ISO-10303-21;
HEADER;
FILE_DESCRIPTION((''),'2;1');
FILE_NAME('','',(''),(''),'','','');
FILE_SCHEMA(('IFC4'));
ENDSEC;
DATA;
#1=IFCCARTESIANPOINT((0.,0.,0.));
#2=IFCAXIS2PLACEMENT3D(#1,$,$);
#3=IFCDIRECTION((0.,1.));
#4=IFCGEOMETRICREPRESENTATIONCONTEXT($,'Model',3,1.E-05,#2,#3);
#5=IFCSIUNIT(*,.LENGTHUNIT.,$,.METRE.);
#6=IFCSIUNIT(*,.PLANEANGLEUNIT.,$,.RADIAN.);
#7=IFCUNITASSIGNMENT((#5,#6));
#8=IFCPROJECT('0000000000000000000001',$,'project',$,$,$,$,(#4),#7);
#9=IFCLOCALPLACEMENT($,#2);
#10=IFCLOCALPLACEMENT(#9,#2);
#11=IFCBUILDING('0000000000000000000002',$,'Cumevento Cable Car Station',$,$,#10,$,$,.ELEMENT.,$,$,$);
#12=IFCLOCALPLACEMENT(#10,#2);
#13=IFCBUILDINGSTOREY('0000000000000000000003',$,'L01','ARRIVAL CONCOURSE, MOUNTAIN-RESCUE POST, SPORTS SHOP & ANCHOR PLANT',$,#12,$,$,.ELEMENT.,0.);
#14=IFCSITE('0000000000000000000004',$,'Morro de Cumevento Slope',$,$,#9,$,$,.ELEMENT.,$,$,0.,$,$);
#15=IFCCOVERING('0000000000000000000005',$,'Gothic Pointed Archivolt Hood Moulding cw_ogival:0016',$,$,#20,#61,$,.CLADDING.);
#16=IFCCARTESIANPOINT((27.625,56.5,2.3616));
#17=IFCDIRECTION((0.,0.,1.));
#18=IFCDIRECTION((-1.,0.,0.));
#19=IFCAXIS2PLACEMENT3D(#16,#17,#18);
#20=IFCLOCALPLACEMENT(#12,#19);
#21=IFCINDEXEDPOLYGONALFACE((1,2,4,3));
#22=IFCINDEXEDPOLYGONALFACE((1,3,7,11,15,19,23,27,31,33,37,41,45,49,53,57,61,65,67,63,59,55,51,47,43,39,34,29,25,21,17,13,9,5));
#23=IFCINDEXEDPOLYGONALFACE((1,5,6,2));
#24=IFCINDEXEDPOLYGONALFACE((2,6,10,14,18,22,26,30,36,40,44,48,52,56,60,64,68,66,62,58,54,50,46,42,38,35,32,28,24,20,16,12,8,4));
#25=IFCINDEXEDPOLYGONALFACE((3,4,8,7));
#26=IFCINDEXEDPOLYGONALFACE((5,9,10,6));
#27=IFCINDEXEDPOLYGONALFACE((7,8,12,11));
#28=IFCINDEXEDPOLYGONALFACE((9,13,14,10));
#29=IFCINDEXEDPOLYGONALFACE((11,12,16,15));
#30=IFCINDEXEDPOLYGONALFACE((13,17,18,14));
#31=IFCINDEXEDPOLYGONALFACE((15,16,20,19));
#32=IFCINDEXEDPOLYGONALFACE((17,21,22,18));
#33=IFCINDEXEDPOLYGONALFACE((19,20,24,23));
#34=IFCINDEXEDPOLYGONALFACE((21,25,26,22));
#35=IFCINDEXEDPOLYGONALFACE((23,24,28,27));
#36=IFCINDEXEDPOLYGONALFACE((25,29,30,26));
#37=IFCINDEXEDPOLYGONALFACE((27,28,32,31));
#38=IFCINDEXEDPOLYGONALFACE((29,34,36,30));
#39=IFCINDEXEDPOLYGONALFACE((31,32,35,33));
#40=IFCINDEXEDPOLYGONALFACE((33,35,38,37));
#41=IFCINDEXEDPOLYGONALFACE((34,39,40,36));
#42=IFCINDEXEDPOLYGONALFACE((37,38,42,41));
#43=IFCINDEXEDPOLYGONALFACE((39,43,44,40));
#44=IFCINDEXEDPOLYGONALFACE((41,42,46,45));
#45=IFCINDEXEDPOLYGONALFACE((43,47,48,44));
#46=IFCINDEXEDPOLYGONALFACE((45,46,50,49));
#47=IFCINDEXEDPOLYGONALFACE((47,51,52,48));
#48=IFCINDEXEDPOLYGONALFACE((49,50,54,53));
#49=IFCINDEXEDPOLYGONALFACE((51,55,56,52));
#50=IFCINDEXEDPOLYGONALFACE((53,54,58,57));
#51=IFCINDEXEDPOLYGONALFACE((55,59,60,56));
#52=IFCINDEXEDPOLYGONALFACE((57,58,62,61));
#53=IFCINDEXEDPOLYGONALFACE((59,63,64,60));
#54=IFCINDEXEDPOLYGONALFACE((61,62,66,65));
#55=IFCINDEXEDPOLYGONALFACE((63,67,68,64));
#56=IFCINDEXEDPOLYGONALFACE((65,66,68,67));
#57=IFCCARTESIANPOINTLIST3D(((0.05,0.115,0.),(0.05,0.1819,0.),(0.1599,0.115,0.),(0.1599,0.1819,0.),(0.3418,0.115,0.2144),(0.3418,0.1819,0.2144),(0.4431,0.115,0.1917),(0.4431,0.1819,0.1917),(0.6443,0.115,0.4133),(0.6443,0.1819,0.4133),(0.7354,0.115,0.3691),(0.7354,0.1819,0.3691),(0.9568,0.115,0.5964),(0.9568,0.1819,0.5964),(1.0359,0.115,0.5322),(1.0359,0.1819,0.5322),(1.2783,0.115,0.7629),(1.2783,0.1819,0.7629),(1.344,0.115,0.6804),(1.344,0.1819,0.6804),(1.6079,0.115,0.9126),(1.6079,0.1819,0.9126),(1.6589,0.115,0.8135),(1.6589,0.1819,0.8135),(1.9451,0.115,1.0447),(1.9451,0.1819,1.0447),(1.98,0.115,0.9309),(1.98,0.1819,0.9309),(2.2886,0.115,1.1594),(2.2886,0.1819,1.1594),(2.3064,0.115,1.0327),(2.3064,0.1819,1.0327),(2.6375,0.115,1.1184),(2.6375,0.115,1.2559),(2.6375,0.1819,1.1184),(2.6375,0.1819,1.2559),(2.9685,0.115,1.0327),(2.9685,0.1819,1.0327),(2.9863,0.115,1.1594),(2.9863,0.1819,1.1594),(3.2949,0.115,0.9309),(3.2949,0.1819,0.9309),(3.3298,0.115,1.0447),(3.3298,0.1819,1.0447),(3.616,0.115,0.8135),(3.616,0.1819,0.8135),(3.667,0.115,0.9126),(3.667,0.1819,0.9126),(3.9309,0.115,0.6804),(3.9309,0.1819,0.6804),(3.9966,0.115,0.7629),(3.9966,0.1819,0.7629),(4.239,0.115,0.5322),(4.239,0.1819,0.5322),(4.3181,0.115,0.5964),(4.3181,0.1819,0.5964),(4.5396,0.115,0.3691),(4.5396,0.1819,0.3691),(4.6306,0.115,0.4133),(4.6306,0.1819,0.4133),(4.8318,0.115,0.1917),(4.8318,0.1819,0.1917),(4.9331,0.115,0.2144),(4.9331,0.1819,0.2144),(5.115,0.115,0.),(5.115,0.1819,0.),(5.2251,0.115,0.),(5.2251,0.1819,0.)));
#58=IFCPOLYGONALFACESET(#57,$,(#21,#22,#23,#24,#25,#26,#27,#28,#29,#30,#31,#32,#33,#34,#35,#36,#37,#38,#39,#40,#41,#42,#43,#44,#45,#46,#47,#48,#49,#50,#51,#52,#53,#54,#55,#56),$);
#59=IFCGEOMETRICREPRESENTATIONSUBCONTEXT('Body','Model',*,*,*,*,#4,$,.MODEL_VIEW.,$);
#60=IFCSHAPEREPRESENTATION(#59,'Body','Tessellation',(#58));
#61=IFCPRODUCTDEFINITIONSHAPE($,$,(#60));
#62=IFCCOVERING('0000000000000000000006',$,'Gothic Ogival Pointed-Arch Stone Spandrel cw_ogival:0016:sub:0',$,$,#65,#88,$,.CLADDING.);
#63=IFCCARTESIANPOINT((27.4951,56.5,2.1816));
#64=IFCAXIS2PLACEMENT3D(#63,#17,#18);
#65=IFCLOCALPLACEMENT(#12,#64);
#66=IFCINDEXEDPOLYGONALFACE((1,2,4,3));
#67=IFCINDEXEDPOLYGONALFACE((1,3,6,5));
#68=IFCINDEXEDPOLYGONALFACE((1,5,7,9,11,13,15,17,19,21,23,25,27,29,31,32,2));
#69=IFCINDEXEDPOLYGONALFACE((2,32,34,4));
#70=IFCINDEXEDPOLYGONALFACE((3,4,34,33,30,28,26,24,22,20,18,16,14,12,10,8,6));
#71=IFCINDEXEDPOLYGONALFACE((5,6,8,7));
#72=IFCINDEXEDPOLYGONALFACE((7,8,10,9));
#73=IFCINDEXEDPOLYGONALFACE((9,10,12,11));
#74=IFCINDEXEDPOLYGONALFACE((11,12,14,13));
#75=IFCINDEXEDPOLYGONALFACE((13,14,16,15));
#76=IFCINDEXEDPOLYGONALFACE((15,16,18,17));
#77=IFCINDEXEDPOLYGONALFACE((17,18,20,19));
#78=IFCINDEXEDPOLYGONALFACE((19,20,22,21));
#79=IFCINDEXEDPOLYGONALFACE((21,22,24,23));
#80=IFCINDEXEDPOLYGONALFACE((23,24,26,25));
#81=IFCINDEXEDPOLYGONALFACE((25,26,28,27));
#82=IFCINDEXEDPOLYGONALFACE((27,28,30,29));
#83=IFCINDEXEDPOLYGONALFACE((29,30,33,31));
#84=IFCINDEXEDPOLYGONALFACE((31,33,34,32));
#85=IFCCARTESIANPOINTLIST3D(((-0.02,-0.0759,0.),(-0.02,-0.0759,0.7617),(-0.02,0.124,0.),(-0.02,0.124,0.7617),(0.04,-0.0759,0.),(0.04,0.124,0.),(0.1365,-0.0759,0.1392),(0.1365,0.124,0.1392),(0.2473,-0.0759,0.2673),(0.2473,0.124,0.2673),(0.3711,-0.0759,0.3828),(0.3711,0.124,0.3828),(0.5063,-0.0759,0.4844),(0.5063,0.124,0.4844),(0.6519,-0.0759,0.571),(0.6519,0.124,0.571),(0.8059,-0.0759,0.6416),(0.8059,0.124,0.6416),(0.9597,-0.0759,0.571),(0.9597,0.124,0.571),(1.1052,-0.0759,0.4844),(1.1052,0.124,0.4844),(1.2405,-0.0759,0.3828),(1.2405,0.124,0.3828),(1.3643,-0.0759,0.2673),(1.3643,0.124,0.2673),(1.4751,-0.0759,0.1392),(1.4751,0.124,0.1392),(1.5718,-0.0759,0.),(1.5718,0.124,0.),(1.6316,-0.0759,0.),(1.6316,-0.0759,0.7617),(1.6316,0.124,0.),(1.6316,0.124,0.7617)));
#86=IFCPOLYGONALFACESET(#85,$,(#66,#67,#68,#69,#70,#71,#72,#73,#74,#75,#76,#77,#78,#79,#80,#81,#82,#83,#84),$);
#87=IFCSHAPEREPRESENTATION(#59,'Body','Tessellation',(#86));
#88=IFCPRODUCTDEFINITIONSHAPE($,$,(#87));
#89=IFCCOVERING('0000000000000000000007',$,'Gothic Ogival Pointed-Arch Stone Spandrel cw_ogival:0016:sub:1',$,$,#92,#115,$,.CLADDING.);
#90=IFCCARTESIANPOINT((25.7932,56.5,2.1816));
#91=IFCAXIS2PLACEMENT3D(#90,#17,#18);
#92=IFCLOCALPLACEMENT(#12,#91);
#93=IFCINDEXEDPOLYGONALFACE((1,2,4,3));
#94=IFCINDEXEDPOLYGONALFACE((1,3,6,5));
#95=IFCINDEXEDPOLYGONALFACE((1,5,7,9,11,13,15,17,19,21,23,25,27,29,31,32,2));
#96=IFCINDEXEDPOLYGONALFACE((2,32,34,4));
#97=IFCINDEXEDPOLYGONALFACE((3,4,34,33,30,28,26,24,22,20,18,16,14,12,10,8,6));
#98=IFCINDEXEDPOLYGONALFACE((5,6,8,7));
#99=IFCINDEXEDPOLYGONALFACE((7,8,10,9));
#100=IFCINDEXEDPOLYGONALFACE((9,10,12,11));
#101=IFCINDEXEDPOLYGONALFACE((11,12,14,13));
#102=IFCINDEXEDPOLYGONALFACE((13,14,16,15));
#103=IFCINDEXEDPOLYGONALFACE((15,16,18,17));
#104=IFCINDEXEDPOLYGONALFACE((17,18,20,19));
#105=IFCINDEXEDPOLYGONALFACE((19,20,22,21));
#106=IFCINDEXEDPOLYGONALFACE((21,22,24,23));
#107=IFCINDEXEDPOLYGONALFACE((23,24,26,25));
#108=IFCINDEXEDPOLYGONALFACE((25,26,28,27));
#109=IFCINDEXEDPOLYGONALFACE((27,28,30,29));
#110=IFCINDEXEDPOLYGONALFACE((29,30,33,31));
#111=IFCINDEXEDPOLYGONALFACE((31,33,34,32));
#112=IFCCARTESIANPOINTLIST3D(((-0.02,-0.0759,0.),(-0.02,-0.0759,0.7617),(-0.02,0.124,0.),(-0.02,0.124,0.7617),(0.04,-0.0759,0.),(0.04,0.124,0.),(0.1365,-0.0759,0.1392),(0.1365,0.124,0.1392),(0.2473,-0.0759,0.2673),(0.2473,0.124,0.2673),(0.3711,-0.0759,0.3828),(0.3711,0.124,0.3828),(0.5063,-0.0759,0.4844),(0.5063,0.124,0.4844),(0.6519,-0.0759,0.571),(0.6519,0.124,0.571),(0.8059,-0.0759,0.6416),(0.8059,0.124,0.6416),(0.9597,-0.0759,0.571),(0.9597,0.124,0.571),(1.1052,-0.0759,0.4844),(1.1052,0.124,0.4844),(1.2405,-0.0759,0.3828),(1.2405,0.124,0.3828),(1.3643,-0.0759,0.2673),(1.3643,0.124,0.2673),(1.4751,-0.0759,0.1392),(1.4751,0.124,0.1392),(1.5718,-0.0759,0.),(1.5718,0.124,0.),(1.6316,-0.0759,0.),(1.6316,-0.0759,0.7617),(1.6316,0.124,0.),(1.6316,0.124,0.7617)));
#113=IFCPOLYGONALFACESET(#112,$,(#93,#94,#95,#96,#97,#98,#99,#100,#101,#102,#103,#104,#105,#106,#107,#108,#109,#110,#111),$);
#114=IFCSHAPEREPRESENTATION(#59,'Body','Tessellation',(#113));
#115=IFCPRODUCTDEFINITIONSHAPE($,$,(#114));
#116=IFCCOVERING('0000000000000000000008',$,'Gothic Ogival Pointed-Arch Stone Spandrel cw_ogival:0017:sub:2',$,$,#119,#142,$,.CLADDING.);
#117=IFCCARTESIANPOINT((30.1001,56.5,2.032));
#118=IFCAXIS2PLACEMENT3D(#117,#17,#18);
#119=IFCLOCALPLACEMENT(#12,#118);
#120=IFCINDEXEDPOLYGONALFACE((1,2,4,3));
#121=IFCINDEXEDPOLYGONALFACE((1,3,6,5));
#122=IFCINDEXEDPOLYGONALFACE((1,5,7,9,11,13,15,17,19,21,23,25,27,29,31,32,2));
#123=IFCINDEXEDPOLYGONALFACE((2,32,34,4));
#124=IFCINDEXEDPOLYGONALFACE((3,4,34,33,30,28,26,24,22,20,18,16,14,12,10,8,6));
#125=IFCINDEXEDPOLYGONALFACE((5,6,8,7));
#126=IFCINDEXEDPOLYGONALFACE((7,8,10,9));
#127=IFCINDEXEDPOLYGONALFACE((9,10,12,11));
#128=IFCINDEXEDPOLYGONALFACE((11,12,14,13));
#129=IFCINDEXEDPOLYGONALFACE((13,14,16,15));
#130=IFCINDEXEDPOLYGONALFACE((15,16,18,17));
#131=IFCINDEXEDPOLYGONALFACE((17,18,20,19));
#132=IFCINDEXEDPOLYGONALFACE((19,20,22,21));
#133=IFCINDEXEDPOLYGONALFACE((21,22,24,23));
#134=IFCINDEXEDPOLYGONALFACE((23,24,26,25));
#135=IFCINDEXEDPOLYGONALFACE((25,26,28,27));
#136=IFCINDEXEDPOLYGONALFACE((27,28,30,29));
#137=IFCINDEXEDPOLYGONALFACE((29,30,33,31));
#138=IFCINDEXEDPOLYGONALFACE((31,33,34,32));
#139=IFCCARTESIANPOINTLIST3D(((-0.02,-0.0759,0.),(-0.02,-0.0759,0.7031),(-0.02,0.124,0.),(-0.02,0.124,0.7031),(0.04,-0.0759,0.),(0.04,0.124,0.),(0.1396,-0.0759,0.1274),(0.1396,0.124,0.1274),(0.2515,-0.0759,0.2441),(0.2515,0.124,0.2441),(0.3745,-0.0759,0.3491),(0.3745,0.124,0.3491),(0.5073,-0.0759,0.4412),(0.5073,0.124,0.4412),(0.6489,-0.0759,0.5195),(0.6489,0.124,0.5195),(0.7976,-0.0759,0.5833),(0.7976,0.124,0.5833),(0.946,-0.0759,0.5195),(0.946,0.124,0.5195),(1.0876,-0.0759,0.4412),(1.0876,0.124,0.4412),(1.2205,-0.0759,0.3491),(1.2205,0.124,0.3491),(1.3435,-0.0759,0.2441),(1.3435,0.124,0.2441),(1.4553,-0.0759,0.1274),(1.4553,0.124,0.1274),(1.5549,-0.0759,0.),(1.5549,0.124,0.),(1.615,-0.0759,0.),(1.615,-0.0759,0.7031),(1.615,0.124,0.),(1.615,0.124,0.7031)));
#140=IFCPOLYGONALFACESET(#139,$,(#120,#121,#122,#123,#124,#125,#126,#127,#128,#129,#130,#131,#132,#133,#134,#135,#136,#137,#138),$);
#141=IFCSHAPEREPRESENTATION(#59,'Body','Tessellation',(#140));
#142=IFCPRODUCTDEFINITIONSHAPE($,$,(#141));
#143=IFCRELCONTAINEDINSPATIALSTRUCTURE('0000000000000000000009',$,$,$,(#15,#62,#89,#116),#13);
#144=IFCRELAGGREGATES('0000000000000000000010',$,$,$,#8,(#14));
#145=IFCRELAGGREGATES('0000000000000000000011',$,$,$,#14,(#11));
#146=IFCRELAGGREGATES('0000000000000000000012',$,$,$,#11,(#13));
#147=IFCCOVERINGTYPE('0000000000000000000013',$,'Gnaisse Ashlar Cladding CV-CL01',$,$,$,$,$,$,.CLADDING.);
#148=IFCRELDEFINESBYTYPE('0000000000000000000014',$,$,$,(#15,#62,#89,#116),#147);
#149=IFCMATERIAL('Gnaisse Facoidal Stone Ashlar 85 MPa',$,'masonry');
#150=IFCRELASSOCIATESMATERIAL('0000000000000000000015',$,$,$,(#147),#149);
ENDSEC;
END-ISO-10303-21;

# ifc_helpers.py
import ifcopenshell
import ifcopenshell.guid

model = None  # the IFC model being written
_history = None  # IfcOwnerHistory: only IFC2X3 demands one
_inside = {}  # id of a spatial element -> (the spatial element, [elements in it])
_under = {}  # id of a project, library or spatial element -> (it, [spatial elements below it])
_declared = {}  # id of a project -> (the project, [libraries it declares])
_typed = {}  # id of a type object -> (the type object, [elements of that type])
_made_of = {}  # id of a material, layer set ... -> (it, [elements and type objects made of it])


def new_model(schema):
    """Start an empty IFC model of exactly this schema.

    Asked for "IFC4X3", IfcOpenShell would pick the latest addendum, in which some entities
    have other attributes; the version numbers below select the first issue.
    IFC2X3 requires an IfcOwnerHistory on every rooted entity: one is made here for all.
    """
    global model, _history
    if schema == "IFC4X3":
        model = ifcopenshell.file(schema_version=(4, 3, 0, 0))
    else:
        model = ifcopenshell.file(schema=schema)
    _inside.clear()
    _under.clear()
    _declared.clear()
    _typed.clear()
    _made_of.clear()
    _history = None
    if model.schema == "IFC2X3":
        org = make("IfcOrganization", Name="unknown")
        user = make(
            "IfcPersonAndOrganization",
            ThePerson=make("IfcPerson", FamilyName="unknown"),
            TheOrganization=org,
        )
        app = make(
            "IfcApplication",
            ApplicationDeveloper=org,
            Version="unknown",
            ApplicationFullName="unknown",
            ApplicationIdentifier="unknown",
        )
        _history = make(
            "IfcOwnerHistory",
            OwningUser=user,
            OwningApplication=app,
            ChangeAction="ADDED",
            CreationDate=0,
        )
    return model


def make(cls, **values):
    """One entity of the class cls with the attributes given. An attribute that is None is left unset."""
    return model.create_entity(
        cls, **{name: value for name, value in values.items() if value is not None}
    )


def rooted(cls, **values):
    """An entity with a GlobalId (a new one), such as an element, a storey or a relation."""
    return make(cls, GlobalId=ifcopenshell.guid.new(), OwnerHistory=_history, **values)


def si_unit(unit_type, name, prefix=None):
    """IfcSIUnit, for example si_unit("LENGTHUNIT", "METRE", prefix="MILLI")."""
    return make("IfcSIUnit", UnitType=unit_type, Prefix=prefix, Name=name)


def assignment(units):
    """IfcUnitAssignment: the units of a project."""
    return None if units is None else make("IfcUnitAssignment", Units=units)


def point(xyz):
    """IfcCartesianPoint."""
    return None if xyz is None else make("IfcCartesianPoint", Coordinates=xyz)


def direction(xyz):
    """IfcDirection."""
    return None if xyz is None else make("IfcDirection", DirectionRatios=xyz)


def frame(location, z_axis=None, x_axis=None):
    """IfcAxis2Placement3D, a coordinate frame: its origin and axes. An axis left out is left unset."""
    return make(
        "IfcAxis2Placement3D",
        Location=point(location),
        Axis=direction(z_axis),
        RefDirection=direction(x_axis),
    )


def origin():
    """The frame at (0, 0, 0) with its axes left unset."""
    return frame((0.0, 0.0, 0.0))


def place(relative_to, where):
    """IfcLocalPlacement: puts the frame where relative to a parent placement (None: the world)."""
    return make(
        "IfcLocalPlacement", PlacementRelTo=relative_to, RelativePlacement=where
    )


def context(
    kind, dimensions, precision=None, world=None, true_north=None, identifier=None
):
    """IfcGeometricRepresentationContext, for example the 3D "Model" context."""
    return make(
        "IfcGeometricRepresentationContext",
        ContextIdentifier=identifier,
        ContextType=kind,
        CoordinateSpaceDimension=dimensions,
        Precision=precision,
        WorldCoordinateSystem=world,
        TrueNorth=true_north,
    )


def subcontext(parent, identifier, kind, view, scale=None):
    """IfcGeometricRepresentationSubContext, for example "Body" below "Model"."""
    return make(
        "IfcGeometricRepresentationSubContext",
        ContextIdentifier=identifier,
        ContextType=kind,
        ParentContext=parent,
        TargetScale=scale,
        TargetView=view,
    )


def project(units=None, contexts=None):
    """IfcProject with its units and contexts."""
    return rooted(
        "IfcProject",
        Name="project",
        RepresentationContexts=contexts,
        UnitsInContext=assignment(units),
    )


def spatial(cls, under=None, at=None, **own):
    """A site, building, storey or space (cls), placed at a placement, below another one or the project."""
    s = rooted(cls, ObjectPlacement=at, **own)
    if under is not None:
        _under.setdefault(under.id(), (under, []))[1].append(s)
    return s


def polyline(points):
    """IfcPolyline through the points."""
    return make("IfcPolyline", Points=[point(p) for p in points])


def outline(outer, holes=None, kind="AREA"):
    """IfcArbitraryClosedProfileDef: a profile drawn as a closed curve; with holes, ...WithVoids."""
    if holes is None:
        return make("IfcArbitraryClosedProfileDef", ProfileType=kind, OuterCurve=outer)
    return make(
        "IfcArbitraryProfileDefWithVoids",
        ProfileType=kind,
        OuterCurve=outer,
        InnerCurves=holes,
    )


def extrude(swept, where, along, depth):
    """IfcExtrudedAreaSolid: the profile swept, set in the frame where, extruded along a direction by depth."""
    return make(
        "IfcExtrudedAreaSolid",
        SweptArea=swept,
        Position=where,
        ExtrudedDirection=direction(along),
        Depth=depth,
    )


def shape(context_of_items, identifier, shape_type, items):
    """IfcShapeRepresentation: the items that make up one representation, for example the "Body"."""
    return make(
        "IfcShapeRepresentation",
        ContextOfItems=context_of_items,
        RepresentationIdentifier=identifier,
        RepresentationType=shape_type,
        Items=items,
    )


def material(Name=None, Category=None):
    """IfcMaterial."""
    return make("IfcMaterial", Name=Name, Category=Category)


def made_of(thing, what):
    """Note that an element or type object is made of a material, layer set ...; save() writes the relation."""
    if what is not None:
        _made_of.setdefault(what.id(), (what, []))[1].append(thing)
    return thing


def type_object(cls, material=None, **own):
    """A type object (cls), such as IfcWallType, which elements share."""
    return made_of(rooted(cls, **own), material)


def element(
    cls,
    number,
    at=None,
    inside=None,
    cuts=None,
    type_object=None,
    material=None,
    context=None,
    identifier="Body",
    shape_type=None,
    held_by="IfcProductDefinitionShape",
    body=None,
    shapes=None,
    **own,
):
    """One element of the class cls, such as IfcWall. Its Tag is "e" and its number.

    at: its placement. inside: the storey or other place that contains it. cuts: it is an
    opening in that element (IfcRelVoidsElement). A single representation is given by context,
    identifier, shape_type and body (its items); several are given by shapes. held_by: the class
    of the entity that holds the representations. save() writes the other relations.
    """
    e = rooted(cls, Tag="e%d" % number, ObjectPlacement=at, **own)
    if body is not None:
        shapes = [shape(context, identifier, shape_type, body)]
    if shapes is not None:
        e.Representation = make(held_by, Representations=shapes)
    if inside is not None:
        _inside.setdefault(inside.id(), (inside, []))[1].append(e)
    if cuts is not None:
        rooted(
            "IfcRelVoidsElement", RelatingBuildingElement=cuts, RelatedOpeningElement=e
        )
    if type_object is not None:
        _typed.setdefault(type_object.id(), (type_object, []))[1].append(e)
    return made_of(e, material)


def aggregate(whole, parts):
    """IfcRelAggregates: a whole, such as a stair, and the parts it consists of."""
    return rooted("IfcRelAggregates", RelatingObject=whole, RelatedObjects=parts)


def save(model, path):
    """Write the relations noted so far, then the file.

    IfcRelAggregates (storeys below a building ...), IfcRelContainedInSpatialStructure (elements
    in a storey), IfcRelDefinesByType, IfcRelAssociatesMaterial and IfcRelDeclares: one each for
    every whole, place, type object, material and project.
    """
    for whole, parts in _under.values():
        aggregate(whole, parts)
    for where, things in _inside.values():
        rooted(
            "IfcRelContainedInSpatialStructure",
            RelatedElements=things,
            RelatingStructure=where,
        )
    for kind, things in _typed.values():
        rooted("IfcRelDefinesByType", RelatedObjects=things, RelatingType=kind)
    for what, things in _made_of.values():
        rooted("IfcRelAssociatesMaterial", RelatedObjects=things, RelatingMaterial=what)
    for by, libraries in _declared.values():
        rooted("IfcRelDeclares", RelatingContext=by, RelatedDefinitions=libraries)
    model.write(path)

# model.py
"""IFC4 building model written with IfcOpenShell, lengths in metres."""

from ifc_helpers import new_model, si_unit, direction, frame, origin, place, context, subcontext, project, spatial, polyline, outline, extrude, material, type_object, element, save


model = new_model("IFC4")

# Units and contexts
model_context = context("Model", 3, precision=1e-05, world=origin(), true_north=direction((0.0, 1.0)))
body_context = subcontext(model_context, "Body", "Model", "MODEL_VIEW")
ifc_project = project(units=[si_unit("LENGTHUNIT", "METRE"), si_unit("PLANEANGLEUNIT", "RADIAN")], contexts=[model_context])

# Site, building, storey
site_placement = place(None, origin())
site = spatial("IfcSite", under=ifc_project, at=site_placement, Name="Morro de Cumevento Slope", CompositionType="ELEMENT", RefElevation=0.0)
building_placement = place(site_placement, origin())
building = spatial("IfcBuilding", under=site, at=building_placement, Name="Cumevento Cable Car Station", CompositionType="ELEMENT")
storey_placement = place(building_placement, origin())
storey = spatial("IfcBuildingStorey", under=building, at=storey_placement, Name="L01", Description="ARRIVAL CONCOURSE, MOUNTAIN-RESCUE POST, SPORTS SHOP & ANCHOR PLANT", CompositionType="ELEMENT", Elevation=0.0)

# Coverings
ifc_material_1 = material(Name="Gnaisse Facoidal Stone Ashlar 85 MPa", Category="masonry")
covering_type = type_object("IfcCoveringType", Name="Gnaisse Ashlar Cladding CV-CL01", PredefinedType="CLADDING", material=ifc_material_1)
covering_1_placement = place(storey_placement, frame((27.625, 56.5, 2.3616), z_axis=(0.0, 0.0, 1.0), x_axis=(-1.0, 0.0, 0.0)))
element("IfcCovering", 1, at=covering_1_placement, inside=storey, type_object=covering_type, Name="Gothic Pointed Archivolt Hood Moulding cw_ogival:0016", PredefinedType="CLADDING", context=body_context, shape_type="SweptSolid", body=[
    extrude(outline(polyline([(0.1599, 0.0), (0.4431, 0.1917), (0.7354, 0.3691), (1.0359, 0.5322), (1.344, 0.6804), (1.6589, 0.8135), (1.98, 0.9309), (2.3064, 1.0327), (2.6375, 1.1184), (2.9685, 1.0327), (3.2949, 0.9309), (3.616, 0.8135), (3.9309, 0.6804), (4.239, 0.5322), (4.5396, 0.3691), (4.8318, 0.1917), (5.115, 0.0), (5.2251, 0.0), (4.9331, 0.2144), (4.6306, 0.4133), (4.3181, 0.5964), (3.9966, 0.7629), (3.667, 0.9126), (3.3298, 1.0447), (2.9863, 1.1594), (2.6375, 1.2559), (2.2886, 1.1594), (1.9451, 1.0447), (1.6079, 0.9126), (1.2783, 0.7629), (0.9568, 0.5964), (0.6443, 0.4133), (0.3418, 0.2144), (0.05, 0.0), (0.1599, 0.0)])), frame((0.0, 0.1819, 0.0), z_axis=(0.0, -1.0, 0.0), x_axis=(1.0, 0.0, 0.0)), (0.0, 0.0, 1.0), 0.0669),
])
for number, where, z_axis, x_axis, name in (
    (2, (27.4951, 56.5, 2.1816), (0.0, 0.0, 1.0), (-1.0, 0.0, 0.0), "Gothic Ogival Pointed-Arch Stone Spandrel cw_ogival:0016:sub:0"),
    (3, (25.7932, 56.5, 2.1816), (0.0, 0.0, 1.0), (-1.0, 0.0, 0.0), "Gothic Ogival Pointed-Arch Stone Spandrel cw_ogival:0016:sub:1"),
):
    element("IfcCovering", number, at=place(storey_placement, frame(where, z_axis=z_axis, x_axis=x_axis)), inside=storey, type_object=covering_type, Name=name, PredefinedType="CLADDING", context=body_context, shape_type="SweptSolid", body=[
        extrude(outline(polyline([(-0.02, 0.0), (-0.02, 0.7617), (1.6316, 0.7617), (1.6316, 0.0), (1.5718, 0.0), (1.4751, 0.1392), (1.3643, 0.2673), (1.2405, 0.3828), (1.1052, 0.4844), (0.9597, 0.571), (0.8059, 0.6416), (0.6519, 0.571), (0.5063, 0.4844), (0.3711, 0.3828), (0.2473, 0.2673), (0.1365, 0.1392), (0.04, 0.0), (-0.02, 0.0)])), frame((0.0, 0.124, 0.0), z_axis=(0.0, -1.0, 0.0), x_axis=(1.0, 0.0, 0.0)), (0.0, 0.0, 1.0), 0.2),
    ])
covering_2_placement = place(storey_placement, frame((30.1001, 56.5, 2.032), z_axis=(0.0, 0.0, 1.0), x_axis=(-1.0, 0.0, 0.0)))
element("IfcCovering", 4, at=covering_2_placement, inside=storey, type_object=covering_type, Name="Gothic Ogival Pointed-Arch Stone Spandrel cw_ogival:0017:sub:2", PredefinedType="CLADDING", context=body_context, shape_type="SweptSolid", body=[
    extrude(outline(polyline([(-0.02, 0.0), (-0.02, 0.7031), (1.615, 0.7031), (1.615, 0.0), (1.5549, 0.0), (1.4553, 0.1274), (1.3435, 0.2441), (1.2205, 0.3491), (1.0876, 0.4412), (0.946, 0.5195), (0.7976, 0.5833), (0.6489, 0.5195), (0.5073, 0.4412), (0.3745, 0.3491), (0.2515, 0.2441), (0.1396, 0.1274), (0.04, 0.0), (-0.02, 0.0)])), frame((0.0, 0.124, 0.0), z_axis=(0.0, -1.0, 0.0), x_axis=(1.0, 0.0, 0.0)), (0.0, 0.0, 1.0), 0.2),
])

save(model, "model.ifc")
